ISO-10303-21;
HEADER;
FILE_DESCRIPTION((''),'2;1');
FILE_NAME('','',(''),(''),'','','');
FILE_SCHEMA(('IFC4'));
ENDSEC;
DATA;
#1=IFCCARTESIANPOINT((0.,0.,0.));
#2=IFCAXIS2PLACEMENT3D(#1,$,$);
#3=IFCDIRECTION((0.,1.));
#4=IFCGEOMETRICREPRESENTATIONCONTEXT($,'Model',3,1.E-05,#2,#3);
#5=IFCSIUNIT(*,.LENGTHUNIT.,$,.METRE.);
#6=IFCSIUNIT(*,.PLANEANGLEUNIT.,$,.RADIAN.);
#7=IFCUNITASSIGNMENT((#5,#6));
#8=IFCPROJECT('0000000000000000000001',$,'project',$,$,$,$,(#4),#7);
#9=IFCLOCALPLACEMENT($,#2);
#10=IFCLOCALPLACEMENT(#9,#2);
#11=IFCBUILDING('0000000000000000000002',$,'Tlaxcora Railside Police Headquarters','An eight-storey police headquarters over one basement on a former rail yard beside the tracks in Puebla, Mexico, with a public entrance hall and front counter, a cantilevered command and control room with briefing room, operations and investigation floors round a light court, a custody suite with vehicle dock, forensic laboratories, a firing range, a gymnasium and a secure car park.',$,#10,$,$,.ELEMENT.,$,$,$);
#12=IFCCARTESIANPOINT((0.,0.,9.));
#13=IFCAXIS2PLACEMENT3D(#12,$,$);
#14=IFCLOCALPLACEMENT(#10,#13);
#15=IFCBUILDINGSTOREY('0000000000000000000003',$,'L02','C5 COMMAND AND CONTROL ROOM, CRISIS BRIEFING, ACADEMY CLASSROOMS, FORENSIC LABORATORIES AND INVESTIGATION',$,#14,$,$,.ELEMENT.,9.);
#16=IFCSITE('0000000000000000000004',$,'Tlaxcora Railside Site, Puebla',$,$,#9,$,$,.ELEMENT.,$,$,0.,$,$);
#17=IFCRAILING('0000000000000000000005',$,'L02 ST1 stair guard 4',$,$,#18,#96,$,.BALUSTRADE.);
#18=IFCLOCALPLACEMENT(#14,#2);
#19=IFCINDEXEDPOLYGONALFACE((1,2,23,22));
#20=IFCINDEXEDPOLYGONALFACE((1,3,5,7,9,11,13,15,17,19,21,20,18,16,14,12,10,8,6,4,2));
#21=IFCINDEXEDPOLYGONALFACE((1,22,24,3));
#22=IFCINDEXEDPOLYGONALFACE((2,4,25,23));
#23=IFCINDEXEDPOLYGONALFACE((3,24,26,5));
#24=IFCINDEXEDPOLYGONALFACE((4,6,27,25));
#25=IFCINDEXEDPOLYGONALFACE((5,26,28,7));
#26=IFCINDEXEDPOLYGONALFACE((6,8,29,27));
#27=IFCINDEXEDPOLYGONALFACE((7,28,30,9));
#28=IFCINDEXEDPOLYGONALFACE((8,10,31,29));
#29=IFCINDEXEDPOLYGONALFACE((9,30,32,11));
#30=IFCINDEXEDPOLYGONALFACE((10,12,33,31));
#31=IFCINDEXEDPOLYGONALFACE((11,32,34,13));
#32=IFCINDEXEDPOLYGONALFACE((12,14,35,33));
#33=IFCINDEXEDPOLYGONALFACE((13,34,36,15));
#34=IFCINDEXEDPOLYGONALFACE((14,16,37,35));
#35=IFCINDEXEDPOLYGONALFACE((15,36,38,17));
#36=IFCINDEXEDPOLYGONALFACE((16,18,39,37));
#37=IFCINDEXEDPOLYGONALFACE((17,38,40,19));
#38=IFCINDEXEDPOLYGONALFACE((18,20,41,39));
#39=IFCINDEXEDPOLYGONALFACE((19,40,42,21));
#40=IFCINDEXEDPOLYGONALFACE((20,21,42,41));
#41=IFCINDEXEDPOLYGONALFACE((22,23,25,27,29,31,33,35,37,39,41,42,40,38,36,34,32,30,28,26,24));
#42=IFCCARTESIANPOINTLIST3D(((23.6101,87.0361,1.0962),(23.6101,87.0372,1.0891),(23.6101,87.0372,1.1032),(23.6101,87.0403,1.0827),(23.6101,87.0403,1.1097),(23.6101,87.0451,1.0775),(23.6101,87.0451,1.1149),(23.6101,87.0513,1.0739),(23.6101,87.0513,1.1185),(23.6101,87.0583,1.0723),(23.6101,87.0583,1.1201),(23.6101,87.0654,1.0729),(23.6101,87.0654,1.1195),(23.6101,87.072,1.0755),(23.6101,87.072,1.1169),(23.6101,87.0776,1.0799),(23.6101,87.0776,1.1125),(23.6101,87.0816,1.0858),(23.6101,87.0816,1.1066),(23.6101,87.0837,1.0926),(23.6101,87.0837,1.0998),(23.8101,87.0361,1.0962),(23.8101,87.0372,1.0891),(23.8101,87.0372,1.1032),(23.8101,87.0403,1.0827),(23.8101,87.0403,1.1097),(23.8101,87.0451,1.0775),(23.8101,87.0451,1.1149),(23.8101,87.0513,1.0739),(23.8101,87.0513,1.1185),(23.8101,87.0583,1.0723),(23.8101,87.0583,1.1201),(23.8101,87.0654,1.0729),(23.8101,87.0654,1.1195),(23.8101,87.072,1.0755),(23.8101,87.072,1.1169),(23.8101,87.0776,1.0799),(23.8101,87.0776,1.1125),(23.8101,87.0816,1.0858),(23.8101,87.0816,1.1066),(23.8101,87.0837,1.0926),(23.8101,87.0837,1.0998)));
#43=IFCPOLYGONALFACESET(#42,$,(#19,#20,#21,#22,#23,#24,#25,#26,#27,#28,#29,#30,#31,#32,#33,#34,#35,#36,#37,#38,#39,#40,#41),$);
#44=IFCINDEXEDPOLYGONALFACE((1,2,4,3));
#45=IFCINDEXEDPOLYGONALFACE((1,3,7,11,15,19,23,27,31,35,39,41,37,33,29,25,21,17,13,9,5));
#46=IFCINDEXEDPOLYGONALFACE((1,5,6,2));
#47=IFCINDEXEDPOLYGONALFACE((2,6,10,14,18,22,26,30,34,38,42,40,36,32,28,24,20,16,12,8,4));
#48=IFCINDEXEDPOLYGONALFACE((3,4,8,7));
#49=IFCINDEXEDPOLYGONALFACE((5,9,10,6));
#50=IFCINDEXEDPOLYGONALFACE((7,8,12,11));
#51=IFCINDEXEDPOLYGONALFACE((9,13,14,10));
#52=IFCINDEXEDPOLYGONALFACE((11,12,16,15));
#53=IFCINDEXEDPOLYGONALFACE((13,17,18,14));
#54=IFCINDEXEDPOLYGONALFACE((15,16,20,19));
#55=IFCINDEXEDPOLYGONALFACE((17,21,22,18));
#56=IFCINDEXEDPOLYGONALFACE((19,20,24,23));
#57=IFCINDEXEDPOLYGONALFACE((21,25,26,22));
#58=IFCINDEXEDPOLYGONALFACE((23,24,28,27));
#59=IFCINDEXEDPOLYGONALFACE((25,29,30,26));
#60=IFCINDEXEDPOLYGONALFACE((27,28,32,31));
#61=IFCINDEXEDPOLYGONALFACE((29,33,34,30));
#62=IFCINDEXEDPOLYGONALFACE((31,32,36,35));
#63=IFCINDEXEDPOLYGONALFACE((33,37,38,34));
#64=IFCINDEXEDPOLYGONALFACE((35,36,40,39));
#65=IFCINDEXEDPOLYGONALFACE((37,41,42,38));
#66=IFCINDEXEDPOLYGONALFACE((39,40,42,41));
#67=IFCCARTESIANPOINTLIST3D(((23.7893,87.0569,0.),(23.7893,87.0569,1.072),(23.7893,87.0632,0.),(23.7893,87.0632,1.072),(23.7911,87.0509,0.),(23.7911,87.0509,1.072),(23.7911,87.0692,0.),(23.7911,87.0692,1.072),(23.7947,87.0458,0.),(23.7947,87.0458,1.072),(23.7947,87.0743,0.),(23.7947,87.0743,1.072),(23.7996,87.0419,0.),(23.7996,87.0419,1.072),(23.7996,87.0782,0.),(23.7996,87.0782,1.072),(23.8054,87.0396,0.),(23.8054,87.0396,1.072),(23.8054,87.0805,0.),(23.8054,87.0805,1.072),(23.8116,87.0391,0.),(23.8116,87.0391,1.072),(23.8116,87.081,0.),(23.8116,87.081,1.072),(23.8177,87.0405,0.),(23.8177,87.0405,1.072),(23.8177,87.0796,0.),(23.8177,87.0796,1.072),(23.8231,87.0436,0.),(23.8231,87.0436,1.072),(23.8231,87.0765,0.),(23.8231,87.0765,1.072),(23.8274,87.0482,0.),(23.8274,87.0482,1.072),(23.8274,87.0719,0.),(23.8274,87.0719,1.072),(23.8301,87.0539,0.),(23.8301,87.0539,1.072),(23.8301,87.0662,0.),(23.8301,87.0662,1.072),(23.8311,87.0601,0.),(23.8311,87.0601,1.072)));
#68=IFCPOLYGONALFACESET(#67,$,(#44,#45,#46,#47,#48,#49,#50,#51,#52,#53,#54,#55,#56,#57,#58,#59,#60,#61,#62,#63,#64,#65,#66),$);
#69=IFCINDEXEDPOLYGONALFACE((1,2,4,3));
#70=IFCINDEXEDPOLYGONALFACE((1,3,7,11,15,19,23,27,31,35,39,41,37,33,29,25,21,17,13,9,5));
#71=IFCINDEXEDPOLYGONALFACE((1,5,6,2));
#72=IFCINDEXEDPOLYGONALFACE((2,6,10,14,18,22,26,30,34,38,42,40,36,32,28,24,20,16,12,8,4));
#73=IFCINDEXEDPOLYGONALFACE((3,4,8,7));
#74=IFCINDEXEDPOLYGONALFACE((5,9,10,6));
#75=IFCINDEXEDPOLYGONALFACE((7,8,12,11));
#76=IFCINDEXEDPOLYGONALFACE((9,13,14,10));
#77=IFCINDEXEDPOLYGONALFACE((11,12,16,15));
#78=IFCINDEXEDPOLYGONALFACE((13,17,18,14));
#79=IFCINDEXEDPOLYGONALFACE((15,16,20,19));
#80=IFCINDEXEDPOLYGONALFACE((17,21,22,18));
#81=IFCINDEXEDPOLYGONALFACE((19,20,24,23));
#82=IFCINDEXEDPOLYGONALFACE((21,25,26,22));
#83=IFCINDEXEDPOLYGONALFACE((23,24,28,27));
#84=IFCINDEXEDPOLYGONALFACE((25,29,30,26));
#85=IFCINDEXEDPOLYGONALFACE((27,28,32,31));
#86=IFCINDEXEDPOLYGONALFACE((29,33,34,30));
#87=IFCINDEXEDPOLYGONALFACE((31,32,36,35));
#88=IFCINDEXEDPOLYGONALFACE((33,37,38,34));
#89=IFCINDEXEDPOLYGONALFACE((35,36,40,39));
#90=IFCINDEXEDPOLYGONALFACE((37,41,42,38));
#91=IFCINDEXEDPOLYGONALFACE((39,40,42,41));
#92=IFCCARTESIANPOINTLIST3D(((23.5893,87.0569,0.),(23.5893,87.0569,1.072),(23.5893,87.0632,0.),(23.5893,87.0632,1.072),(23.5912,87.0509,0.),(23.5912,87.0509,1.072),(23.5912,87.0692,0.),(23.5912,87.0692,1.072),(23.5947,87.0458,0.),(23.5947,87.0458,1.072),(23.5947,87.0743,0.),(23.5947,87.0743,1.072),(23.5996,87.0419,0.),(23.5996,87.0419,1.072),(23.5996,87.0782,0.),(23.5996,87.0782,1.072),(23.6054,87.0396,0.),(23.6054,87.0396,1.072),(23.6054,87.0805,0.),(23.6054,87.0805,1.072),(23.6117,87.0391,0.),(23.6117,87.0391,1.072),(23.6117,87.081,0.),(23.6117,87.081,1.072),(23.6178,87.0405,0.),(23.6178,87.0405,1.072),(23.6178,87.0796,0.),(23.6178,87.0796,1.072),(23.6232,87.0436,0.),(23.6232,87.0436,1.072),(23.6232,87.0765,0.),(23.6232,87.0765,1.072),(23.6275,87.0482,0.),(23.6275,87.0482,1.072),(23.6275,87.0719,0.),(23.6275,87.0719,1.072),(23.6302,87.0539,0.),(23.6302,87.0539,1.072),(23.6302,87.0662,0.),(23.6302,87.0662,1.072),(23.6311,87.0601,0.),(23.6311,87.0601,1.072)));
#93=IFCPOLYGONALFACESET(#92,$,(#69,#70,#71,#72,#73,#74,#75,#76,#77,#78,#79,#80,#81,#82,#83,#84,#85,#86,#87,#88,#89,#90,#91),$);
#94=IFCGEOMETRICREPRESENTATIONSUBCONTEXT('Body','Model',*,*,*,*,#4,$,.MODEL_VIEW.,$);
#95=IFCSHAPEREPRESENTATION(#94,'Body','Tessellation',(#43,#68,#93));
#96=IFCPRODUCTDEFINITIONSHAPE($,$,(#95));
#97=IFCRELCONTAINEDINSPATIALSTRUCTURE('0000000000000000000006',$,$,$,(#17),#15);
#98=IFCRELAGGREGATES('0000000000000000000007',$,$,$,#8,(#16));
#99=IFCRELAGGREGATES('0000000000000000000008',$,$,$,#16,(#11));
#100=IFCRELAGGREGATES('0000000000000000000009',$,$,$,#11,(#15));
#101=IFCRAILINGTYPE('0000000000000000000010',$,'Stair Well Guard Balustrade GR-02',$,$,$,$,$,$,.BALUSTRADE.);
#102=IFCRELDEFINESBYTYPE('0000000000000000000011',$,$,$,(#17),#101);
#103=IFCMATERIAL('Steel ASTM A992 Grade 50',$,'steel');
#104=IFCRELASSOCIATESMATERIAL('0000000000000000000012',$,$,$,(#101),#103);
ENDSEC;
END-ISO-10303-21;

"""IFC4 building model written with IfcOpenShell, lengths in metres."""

from ifc_helpers import new_model, si_unit, direction, frame, origin, origin_2d, place, context, subcontext, project, spatial, circle, extrude, material, type_object, element, save


model = new_model("IFC4")

# Units and contexts
model_context = context("Model", 3, precision=1e-05, world=origin(), true_north=direction((0.0, 1.0)))
body_context = subcontext(model_context, "Body", "Model", "MODEL_VIEW")
ifc_project = project(units=[si_unit("LENGTHUNIT", "METRE"), si_unit("PLANEANGLEUNIT", "RADIAN")], contexts=[model_context])

# Site, building, storey
site_placement = place(None, origin())
site = spatial("IfcSite", under=ifc_project, at=site_placement, Name="Tlaxcora Railside Site, Puebla", CompositionType="ELEMENT", RefElevation=0.0)
building_placement = place(site_placement, origin())
building = spatial("IfcBuilding", under=site, at=building_placement, Name="Tlaxcora Railside Police Headquarters", Description="An eight-storey police headquarters over one basement on a former rail yard beside the tracks in Puebla, Mexico, with a public entrance hall and front counter, a cantilevered command and control room with briefing room, operations and investigation floors round a light court, a custody suite with vehicle dock, forensic laboratories, a firing range, a gymnasium and a secure car park.", CompositionType="ELEMENT")
storey_placement = place(building_placement, frame((0.0, 0.0, 9.0)))
storey = spatial("IfcBuildingStorey", under=building, at=storey_placement, Name="L02", Description="C5 COMMAND AND CONTROL ROOM, CRISIS BRIEFING, ACADEMY CLASSROOMS, FORENSIC LABORATORIES AND INVESTIGATION", CompositionType="ELEMENT", Elevation=9.0)

# Shared definitions
ifc_material_1 = material(Name="Steel ASTM A992 Grade 50", Category="steel")

# Railing
railing_type_1 = type_object("IfcRailingType", Name="Stair Well Guard Balustrade GR-02", PredefinedType="BALUSTRADE", material=ifc_material_1)
railing_1_placement = place(storey_placement, frame((23.8101, 87.0601, 0.0)))
element("IfcRailing", 1, at=railing_1_placement, inside=storey, type_object=railing_type_1, Name="L02 ST1 stair guard 4", PredefinedType="BALUSTRADE", context=body_context, shape_type="SweptSolid", body=[
    extrude(circle(Radius=0.0239, at=origin_2d()), frame((0.0, 0.0, 1.0962), z_axis=(-1.0, 0.0, 0.0), x_axis=(0.0, -1.0, 0.0)), (0.0, 0.0, 1.0), 0.2),
    extrude(circle(Radius=0.021, at=origin_2d()), origin(), (0.0, 0.0, 1.0), 1.072),
    extrude(circle(Radius=0.021, at=origin_2d()), frame((-0.2, 0.0, 0.0)), (0.0, 0.0, 1.0), 1.072),
])

save(model, "model.ifc")
